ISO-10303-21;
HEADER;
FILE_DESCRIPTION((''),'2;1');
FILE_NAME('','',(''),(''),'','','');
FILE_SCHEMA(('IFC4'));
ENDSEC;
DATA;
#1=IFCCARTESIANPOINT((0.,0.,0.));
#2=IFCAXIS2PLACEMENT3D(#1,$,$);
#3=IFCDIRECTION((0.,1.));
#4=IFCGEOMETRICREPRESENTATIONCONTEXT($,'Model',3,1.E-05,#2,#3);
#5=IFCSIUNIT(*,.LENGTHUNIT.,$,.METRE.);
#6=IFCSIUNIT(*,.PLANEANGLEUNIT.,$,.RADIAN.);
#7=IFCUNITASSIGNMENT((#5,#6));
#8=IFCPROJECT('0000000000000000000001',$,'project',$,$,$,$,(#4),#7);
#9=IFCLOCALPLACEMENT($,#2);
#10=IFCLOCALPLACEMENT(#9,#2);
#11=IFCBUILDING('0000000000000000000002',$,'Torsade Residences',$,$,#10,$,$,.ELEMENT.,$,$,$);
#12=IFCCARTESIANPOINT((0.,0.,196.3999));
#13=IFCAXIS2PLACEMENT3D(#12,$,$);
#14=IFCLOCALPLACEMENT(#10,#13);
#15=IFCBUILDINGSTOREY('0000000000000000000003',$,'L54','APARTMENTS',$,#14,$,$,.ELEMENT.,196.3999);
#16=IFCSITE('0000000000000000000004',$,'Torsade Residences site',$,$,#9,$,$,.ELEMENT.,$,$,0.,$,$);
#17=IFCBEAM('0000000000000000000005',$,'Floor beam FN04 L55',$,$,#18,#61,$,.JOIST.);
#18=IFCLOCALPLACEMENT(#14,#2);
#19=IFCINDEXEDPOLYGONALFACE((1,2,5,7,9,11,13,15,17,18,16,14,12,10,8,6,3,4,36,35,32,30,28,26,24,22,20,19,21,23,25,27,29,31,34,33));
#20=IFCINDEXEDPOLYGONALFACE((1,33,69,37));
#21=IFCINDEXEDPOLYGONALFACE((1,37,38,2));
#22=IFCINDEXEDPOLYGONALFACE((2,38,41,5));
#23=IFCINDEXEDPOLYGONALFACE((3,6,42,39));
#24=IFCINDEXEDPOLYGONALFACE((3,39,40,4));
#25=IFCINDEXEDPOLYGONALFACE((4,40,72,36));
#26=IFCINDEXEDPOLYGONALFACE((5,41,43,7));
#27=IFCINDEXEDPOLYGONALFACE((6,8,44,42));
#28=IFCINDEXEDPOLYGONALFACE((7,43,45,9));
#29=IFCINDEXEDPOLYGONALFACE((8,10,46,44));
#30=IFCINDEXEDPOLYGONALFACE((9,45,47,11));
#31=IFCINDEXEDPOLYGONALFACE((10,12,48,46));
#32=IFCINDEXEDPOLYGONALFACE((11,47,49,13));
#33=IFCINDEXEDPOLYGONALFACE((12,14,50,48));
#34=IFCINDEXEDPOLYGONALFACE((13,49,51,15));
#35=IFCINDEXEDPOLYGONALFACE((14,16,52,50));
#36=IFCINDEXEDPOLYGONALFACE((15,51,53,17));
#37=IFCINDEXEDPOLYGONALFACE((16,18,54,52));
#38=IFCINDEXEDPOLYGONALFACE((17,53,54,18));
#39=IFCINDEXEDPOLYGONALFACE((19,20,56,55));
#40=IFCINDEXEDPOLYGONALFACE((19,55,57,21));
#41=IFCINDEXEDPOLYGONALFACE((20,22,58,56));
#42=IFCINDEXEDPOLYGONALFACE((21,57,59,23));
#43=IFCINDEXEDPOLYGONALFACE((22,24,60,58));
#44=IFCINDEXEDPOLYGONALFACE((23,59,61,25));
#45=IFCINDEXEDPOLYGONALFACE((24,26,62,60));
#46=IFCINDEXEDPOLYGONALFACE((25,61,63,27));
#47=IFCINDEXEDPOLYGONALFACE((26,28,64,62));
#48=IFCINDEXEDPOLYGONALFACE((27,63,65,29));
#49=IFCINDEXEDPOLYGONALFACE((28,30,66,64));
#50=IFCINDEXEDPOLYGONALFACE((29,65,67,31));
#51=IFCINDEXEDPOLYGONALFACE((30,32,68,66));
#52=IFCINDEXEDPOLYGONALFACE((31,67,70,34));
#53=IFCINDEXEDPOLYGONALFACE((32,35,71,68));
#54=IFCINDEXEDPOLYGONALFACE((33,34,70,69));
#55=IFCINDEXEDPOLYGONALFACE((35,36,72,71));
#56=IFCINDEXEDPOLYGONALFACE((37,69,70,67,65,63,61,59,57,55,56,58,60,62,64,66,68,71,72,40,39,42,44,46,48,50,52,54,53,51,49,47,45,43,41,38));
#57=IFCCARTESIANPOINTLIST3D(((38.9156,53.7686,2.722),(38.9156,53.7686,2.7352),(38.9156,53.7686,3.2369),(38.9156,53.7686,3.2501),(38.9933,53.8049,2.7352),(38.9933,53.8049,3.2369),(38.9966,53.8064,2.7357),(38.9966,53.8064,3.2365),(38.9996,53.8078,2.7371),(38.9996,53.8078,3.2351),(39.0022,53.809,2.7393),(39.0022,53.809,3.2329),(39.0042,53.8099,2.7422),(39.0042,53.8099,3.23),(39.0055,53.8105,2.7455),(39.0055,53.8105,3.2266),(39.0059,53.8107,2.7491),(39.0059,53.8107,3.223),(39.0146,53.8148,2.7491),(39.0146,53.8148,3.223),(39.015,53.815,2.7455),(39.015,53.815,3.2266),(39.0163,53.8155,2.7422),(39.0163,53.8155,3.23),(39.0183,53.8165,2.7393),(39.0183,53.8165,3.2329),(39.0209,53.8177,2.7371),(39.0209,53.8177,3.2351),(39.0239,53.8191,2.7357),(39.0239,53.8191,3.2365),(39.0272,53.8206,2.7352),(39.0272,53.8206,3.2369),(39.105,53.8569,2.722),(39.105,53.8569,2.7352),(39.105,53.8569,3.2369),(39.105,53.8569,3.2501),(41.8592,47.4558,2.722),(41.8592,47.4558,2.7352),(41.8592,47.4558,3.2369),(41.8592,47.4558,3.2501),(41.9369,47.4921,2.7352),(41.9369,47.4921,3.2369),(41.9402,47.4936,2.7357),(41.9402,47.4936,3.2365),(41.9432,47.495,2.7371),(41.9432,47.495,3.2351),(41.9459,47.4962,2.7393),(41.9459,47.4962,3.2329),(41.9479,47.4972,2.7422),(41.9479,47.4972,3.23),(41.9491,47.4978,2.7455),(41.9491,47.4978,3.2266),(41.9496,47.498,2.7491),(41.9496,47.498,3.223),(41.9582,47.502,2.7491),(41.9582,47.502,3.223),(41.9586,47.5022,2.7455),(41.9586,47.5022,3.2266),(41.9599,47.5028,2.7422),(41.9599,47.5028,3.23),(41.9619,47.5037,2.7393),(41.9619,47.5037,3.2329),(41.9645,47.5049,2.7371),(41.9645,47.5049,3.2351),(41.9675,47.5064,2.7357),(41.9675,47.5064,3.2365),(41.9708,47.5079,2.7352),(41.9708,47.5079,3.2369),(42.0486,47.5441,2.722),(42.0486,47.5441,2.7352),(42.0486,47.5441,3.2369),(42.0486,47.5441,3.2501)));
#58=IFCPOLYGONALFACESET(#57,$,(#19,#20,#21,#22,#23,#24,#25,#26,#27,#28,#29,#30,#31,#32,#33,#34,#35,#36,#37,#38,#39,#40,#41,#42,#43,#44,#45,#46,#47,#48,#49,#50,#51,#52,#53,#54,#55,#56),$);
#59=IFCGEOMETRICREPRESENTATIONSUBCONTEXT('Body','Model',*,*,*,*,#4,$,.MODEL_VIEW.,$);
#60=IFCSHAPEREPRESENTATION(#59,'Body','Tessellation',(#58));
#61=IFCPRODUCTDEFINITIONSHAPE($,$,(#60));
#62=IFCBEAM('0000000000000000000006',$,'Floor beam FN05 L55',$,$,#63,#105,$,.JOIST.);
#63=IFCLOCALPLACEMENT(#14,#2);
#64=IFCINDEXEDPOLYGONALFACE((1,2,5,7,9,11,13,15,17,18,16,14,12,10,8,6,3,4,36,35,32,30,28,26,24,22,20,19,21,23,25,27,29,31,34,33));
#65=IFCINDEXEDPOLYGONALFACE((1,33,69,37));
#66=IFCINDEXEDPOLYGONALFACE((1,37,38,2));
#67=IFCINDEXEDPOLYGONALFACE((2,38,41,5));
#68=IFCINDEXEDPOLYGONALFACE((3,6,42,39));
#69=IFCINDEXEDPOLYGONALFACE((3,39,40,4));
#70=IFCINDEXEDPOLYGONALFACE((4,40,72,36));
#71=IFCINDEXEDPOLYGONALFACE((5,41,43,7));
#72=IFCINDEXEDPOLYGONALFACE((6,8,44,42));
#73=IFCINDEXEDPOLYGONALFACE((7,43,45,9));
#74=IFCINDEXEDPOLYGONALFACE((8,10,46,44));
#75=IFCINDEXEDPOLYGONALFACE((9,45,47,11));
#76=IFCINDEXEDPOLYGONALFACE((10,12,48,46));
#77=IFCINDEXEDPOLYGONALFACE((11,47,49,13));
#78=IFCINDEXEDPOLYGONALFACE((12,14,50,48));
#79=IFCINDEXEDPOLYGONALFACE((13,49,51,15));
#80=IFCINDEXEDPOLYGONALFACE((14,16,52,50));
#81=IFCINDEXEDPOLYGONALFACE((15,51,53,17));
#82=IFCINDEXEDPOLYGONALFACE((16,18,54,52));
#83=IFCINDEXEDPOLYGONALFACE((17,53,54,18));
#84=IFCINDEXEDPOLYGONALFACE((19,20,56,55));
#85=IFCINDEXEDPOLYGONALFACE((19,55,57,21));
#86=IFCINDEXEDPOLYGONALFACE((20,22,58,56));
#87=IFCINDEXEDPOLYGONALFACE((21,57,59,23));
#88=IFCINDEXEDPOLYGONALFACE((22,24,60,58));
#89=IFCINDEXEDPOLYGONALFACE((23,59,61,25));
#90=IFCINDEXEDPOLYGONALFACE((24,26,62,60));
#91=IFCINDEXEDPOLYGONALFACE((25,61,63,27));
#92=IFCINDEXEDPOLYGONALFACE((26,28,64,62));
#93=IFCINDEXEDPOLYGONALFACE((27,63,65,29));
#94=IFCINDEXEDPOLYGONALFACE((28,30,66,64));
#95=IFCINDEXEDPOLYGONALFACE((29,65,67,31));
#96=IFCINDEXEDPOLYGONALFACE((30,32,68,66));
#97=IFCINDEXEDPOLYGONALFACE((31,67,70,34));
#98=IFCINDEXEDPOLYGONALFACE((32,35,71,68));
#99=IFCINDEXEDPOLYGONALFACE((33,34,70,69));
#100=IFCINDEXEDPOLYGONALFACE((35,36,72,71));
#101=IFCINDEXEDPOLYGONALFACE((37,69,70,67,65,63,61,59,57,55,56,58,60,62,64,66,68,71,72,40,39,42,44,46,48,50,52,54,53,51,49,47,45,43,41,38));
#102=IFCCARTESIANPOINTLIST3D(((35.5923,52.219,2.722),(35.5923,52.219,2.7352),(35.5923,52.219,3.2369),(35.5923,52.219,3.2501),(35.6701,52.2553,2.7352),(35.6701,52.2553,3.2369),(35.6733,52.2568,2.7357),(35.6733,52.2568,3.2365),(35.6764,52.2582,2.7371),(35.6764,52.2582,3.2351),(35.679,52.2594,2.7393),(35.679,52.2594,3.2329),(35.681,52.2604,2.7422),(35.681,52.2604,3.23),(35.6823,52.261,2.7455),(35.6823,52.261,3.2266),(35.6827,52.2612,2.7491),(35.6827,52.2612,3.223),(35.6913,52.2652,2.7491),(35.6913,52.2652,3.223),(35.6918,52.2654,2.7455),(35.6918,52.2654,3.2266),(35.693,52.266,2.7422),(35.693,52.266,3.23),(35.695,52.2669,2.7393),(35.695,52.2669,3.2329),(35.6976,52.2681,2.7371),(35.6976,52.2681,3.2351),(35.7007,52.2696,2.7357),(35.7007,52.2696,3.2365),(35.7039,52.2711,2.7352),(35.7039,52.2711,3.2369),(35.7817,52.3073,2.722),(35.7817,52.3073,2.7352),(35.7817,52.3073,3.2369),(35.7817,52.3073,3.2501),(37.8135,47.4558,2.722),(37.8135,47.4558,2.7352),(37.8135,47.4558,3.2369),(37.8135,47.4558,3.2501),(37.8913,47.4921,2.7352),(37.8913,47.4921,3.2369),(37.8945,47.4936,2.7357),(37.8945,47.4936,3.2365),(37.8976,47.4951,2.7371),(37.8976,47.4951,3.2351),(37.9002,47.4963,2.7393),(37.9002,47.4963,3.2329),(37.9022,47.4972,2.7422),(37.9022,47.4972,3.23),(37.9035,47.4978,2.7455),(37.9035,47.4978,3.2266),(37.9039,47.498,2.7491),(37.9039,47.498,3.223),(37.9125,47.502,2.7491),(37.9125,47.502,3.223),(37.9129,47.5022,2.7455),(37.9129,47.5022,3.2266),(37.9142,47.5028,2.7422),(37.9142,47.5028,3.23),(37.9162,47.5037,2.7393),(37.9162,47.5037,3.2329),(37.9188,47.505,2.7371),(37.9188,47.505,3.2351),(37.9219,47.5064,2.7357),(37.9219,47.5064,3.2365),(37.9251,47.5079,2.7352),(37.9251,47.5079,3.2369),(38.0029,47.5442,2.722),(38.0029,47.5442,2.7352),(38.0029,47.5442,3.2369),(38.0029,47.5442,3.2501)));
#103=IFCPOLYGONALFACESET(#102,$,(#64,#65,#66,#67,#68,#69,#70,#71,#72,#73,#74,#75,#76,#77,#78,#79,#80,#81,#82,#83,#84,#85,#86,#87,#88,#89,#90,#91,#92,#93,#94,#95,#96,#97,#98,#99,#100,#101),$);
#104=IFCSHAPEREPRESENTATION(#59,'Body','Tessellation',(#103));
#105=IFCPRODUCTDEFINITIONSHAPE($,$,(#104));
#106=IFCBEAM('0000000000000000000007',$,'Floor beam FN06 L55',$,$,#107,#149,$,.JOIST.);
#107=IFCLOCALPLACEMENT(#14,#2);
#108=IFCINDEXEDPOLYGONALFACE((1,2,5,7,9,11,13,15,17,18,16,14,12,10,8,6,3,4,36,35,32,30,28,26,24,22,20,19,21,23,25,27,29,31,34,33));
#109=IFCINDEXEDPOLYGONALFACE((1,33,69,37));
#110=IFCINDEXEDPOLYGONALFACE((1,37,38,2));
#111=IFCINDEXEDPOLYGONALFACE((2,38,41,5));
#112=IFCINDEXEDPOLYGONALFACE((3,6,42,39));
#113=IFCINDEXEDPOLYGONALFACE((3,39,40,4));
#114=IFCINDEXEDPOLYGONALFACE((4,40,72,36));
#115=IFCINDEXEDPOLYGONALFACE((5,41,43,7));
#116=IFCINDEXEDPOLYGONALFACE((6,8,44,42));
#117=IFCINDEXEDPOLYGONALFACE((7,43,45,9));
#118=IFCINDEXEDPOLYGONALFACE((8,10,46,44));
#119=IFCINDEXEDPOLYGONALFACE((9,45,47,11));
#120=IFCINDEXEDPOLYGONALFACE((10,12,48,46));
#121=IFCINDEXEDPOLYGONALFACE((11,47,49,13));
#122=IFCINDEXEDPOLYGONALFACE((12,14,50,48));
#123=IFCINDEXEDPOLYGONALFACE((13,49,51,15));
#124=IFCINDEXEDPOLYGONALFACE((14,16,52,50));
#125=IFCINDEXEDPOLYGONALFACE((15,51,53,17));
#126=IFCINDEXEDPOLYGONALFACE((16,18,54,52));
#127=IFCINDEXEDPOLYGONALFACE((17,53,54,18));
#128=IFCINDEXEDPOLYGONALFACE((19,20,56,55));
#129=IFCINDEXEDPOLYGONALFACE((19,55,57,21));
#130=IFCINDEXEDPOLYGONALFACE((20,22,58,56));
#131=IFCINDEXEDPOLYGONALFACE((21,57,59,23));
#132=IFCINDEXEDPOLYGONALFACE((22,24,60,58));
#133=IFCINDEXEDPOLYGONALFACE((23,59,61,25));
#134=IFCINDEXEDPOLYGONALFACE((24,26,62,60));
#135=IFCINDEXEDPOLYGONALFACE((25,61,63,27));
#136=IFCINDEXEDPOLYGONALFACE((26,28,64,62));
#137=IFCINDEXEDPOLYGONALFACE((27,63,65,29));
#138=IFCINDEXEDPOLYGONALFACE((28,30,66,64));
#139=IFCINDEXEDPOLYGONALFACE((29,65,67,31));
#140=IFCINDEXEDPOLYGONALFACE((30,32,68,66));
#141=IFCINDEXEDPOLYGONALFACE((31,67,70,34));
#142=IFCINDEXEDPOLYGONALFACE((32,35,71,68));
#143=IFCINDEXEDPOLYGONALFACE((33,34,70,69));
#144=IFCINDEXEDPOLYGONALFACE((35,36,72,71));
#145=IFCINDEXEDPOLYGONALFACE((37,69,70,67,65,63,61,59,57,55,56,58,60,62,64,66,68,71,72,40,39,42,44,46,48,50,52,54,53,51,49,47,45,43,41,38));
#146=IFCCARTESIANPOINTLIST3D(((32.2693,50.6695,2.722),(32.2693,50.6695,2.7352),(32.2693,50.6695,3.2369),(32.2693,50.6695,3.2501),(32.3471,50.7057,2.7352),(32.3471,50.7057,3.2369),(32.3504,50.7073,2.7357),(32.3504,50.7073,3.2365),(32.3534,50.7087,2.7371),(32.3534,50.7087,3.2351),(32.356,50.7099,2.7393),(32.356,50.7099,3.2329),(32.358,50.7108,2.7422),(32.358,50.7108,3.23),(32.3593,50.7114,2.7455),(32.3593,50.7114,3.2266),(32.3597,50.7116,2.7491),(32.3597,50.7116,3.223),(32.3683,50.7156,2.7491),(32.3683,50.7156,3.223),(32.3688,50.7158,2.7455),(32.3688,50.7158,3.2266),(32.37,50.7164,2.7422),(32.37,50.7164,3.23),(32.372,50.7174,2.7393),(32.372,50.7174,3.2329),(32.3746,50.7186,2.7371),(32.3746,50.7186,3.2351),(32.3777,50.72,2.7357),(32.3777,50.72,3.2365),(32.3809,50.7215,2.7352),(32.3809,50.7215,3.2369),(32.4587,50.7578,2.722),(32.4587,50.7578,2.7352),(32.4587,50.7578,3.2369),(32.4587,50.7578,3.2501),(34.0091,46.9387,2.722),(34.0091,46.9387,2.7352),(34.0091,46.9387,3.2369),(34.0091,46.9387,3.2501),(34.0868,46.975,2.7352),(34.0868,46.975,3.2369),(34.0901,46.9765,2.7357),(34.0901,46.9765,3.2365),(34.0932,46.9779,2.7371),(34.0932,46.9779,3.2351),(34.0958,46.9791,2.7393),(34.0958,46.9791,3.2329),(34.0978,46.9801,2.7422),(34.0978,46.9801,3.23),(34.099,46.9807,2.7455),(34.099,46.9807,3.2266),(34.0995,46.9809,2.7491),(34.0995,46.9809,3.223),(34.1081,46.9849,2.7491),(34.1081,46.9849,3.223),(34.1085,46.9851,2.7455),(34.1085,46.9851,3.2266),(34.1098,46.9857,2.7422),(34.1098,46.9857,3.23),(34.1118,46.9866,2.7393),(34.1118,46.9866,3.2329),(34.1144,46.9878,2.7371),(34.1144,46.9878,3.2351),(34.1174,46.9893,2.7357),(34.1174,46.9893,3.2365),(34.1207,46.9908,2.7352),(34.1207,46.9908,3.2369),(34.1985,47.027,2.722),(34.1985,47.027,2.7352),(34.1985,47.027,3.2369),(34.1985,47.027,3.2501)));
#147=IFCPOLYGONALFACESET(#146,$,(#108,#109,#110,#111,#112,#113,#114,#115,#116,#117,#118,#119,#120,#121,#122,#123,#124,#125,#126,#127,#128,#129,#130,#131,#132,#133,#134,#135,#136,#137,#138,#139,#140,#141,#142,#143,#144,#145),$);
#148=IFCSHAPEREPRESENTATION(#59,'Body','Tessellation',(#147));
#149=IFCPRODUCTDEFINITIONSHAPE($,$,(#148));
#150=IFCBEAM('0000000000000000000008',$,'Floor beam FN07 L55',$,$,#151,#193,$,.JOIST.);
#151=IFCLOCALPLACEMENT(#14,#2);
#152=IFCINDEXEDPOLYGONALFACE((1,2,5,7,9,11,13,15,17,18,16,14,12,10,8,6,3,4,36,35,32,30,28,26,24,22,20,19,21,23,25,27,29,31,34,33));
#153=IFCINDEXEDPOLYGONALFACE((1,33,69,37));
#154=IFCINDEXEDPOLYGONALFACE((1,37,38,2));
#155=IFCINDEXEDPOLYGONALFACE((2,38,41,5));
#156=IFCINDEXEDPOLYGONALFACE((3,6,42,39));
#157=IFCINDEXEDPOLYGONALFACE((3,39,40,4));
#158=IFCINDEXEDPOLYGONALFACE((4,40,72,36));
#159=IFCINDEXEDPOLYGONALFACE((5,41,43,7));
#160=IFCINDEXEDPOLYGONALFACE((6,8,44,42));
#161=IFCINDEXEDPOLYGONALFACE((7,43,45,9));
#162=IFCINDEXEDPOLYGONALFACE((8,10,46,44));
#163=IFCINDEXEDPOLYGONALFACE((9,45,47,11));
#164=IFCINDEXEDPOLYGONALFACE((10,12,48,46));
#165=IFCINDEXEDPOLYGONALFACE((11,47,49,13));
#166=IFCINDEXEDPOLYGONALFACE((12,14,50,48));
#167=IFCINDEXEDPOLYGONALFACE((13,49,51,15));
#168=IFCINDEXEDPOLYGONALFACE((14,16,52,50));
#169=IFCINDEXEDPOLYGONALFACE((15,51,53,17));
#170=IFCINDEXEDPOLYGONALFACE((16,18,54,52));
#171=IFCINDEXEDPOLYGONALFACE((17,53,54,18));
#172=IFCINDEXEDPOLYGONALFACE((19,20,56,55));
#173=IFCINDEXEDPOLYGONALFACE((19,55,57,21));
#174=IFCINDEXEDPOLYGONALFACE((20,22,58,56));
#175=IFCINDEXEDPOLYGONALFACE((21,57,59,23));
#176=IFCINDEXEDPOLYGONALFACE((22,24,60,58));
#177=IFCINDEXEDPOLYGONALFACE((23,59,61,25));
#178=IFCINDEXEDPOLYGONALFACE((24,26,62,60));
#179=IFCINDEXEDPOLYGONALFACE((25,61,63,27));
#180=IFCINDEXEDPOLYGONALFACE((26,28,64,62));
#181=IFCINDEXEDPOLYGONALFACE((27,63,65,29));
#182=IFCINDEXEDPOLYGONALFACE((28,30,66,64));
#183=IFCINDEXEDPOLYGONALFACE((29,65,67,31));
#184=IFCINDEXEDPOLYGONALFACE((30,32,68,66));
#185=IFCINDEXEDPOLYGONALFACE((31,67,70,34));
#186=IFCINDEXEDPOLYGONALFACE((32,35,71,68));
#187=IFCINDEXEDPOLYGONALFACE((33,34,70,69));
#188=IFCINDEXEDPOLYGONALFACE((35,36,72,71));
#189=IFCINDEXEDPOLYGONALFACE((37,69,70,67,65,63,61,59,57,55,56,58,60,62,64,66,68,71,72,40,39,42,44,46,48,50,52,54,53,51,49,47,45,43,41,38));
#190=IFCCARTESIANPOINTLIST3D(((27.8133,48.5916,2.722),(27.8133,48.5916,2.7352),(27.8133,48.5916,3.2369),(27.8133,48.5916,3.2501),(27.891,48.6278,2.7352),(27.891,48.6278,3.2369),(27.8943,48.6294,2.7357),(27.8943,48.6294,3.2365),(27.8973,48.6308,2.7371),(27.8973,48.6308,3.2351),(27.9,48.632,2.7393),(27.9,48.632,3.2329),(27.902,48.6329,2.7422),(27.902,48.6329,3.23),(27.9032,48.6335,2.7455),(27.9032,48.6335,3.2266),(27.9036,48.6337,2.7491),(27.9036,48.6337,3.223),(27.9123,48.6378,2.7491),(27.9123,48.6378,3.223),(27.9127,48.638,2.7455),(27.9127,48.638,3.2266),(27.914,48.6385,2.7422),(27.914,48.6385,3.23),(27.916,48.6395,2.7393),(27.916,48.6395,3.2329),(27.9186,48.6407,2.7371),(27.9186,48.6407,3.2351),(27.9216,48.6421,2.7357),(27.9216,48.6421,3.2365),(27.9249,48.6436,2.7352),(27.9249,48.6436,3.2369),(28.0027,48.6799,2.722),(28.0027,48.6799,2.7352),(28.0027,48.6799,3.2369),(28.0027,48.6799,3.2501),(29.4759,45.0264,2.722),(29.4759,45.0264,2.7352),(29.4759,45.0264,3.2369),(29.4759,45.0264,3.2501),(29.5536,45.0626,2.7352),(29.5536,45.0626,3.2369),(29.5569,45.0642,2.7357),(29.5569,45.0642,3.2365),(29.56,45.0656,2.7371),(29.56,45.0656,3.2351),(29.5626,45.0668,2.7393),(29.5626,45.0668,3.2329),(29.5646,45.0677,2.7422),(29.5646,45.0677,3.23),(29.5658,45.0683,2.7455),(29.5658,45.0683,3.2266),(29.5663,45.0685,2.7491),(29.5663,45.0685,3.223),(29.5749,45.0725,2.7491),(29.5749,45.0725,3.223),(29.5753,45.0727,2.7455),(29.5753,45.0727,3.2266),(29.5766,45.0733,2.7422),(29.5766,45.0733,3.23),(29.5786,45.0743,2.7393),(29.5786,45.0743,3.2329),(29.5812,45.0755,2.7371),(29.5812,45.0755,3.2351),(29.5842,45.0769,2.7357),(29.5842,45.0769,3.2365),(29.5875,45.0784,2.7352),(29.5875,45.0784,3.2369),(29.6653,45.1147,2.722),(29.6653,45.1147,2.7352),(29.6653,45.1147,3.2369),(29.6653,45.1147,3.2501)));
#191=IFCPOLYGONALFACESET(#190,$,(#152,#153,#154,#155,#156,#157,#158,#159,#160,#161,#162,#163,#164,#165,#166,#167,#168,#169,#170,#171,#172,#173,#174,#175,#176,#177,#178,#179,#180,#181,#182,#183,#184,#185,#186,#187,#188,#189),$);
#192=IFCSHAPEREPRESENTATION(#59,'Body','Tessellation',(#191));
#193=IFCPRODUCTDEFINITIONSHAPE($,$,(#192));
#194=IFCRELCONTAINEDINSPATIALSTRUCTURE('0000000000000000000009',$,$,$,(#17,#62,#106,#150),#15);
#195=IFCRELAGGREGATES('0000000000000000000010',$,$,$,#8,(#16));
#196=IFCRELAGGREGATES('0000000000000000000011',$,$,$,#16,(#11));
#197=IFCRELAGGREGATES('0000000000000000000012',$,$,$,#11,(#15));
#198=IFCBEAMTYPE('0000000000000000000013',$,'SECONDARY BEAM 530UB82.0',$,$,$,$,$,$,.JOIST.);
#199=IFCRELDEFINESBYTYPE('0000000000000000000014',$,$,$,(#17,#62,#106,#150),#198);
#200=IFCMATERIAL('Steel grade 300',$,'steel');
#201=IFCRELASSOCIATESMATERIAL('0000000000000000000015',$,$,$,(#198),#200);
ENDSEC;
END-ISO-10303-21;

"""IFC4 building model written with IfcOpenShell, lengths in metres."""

from ifc_helpers import new_model, si_unit, direction, frame, origin, origin_2d, place, context, subcontext, project, spatial, i_section, extrude, material, material_profile, profile_set, type_object, element, save


model = new_model("IFC4")

# Units and contexts
model_context = context("Model", 3, precision=1e-05, world=origin(), true_north=direction((0.0, 1.0)))
body_context = subcontext(model_context, "Body", "Model", "MODEL_VIEW")
ifc_project = project(units=[si_unit("LENGTHUNIT", "METRE"), si_unit("PLANEANGLEUNIT", "RADIAN")], contexts=[model_context])

# Site, building, storey
site_placement = place(None, origin())
site = spatial("IfcSite", under=ifc_project, at=site_placement, Name="Torsade Residences site", CompositionType="ELEMENT", RefElevation=0.0)
building_placement = place(site_placement, origin())
building = spatial("IfcBuilding", under=site, at=building_placement, Name="Torsade Residences", CompositionType="ELEMENT")
storey_placement = place(building_placement, frame((0.0, 0.0, 196.3999)))
storey = spatial("IfcBuildingStorey", under=building, at=storey_placement, Name="L54", Description="APARTMENTS", CompositionType="ELEMENT", Elevation=196.3999)

# Beams
ifc_material_1 = material(Name="Steel grade 300", Category="steel")
ifc_material_profile_1 = material_profile(ifc_material_1, i_section(OverallWidth=0.209, OverallDepth=0.5281, WebThickness=0.0095, FlangeThickness=0.0132, FilletRadius=0.0139, at=origin_2d()), Name="530UB82.0")
ifc_profile_set_1 = profile_set([ifc_material_profile_1], Name="Steel grade 300")
beam_type_1 = type_object("IfcBeamType", Name="SECONDARY BEAM 530UB82.0", PredefinedType="JOIST", material=ifc_profile_set_1)
beam_1_placement = place(storey_placement, frame((39.0103, 53.8127, 2.9861), z_axis=(0.422609, -0.906312, 0.0), x_axis=(0.906312, 0.422609, 0.0)))
element("IfcBeam", 1, at=beam_1_placement, inside=storey, type_object=beam_type_1, Name="Floor beam FN04 L55", PredefinedType="JOIST", context=body_context, shape_type="SweptSolid", body=[
    extrude(i_section(OverallWidth=0.209, OverallDepth=0.5281, WebThickness=0.0095, FlangeThickness=0.0132, FilletRadius=0.0139, at=origin_2d()), origin(), (0.0, 0.0, 1.0), 6.9653),
])
beam_2_placement = place(storey_placement, frame((35.687, 52.2632, 2.9861), z_axis=(0.422631, -0.906302, 0.0), x_axis=(0.906302, 0.422631, 0.0)))
element("IfcBeam", 2, at=beam_2_placement, inside=storey, type_object=beam_type_1, Name="Floor beam FN05 L55", PredefinedType="JOIST", context=body_context, shape_type="SweptSolid", body=[
    extrude(i_section(OverallWidth=0.209, OverallDepth=0.5281, WebThickness=0.0095, FlangeThickness=0.0132, FilletRadius=0.0139, at=origin_2d()), origin(), (0.0, 0.0, 1.0), 5.2556),
])
beam_3_placement = place(storey_placement, frame((32.364, 50.7136, 2.9861), z_axis=(0.422635, -0.9063, 0.0), x_axis=(0.9063, 0.422635, 0.0)))
element("IfcBeam", 3, at=beam_3_placement, inside=storey, type_object=beam_type_1, Name="Floor beam FN06 L55", PredefinedType="JOIST", context=body_context, shape_type="SweptSolid", body=[
    extrude(i_section(OverallWidth=0.209, OverallDepth=0.5281, WebThickness=0.0095, FlangeThickness=0.0132, FilletRadius=0.0139, at=origin_2d()), origin(), (0.0, 0.0, 1.0), 4.1165),
])
beam_4_placement = place(storey_placement, frame((27.908, 48.6357, 2.9861), z_axis=(0.422644, -0.906296, 0.0), x_axis=(0.906296, 0.422644, 0.0)))
element("IfcBeam", 4, at=beam_4_placement, inside=storey, type_object=beam_type_1, Name="Floor beam FN07 L55", PredefinedType="JOIST", context=body_context, shape_type="SweptSolid", body=[
    extrude(i_section(OverallWidth=0.209, OverallDepth=0.5281, WebThickness=0.0095, FlangeThickness=0.0132, FilletRadius=0.0139, at=origin_2d()), origin(), (0.0, 0.0, 1.0), 3.9338),
])

save(model, "model.ifc")
